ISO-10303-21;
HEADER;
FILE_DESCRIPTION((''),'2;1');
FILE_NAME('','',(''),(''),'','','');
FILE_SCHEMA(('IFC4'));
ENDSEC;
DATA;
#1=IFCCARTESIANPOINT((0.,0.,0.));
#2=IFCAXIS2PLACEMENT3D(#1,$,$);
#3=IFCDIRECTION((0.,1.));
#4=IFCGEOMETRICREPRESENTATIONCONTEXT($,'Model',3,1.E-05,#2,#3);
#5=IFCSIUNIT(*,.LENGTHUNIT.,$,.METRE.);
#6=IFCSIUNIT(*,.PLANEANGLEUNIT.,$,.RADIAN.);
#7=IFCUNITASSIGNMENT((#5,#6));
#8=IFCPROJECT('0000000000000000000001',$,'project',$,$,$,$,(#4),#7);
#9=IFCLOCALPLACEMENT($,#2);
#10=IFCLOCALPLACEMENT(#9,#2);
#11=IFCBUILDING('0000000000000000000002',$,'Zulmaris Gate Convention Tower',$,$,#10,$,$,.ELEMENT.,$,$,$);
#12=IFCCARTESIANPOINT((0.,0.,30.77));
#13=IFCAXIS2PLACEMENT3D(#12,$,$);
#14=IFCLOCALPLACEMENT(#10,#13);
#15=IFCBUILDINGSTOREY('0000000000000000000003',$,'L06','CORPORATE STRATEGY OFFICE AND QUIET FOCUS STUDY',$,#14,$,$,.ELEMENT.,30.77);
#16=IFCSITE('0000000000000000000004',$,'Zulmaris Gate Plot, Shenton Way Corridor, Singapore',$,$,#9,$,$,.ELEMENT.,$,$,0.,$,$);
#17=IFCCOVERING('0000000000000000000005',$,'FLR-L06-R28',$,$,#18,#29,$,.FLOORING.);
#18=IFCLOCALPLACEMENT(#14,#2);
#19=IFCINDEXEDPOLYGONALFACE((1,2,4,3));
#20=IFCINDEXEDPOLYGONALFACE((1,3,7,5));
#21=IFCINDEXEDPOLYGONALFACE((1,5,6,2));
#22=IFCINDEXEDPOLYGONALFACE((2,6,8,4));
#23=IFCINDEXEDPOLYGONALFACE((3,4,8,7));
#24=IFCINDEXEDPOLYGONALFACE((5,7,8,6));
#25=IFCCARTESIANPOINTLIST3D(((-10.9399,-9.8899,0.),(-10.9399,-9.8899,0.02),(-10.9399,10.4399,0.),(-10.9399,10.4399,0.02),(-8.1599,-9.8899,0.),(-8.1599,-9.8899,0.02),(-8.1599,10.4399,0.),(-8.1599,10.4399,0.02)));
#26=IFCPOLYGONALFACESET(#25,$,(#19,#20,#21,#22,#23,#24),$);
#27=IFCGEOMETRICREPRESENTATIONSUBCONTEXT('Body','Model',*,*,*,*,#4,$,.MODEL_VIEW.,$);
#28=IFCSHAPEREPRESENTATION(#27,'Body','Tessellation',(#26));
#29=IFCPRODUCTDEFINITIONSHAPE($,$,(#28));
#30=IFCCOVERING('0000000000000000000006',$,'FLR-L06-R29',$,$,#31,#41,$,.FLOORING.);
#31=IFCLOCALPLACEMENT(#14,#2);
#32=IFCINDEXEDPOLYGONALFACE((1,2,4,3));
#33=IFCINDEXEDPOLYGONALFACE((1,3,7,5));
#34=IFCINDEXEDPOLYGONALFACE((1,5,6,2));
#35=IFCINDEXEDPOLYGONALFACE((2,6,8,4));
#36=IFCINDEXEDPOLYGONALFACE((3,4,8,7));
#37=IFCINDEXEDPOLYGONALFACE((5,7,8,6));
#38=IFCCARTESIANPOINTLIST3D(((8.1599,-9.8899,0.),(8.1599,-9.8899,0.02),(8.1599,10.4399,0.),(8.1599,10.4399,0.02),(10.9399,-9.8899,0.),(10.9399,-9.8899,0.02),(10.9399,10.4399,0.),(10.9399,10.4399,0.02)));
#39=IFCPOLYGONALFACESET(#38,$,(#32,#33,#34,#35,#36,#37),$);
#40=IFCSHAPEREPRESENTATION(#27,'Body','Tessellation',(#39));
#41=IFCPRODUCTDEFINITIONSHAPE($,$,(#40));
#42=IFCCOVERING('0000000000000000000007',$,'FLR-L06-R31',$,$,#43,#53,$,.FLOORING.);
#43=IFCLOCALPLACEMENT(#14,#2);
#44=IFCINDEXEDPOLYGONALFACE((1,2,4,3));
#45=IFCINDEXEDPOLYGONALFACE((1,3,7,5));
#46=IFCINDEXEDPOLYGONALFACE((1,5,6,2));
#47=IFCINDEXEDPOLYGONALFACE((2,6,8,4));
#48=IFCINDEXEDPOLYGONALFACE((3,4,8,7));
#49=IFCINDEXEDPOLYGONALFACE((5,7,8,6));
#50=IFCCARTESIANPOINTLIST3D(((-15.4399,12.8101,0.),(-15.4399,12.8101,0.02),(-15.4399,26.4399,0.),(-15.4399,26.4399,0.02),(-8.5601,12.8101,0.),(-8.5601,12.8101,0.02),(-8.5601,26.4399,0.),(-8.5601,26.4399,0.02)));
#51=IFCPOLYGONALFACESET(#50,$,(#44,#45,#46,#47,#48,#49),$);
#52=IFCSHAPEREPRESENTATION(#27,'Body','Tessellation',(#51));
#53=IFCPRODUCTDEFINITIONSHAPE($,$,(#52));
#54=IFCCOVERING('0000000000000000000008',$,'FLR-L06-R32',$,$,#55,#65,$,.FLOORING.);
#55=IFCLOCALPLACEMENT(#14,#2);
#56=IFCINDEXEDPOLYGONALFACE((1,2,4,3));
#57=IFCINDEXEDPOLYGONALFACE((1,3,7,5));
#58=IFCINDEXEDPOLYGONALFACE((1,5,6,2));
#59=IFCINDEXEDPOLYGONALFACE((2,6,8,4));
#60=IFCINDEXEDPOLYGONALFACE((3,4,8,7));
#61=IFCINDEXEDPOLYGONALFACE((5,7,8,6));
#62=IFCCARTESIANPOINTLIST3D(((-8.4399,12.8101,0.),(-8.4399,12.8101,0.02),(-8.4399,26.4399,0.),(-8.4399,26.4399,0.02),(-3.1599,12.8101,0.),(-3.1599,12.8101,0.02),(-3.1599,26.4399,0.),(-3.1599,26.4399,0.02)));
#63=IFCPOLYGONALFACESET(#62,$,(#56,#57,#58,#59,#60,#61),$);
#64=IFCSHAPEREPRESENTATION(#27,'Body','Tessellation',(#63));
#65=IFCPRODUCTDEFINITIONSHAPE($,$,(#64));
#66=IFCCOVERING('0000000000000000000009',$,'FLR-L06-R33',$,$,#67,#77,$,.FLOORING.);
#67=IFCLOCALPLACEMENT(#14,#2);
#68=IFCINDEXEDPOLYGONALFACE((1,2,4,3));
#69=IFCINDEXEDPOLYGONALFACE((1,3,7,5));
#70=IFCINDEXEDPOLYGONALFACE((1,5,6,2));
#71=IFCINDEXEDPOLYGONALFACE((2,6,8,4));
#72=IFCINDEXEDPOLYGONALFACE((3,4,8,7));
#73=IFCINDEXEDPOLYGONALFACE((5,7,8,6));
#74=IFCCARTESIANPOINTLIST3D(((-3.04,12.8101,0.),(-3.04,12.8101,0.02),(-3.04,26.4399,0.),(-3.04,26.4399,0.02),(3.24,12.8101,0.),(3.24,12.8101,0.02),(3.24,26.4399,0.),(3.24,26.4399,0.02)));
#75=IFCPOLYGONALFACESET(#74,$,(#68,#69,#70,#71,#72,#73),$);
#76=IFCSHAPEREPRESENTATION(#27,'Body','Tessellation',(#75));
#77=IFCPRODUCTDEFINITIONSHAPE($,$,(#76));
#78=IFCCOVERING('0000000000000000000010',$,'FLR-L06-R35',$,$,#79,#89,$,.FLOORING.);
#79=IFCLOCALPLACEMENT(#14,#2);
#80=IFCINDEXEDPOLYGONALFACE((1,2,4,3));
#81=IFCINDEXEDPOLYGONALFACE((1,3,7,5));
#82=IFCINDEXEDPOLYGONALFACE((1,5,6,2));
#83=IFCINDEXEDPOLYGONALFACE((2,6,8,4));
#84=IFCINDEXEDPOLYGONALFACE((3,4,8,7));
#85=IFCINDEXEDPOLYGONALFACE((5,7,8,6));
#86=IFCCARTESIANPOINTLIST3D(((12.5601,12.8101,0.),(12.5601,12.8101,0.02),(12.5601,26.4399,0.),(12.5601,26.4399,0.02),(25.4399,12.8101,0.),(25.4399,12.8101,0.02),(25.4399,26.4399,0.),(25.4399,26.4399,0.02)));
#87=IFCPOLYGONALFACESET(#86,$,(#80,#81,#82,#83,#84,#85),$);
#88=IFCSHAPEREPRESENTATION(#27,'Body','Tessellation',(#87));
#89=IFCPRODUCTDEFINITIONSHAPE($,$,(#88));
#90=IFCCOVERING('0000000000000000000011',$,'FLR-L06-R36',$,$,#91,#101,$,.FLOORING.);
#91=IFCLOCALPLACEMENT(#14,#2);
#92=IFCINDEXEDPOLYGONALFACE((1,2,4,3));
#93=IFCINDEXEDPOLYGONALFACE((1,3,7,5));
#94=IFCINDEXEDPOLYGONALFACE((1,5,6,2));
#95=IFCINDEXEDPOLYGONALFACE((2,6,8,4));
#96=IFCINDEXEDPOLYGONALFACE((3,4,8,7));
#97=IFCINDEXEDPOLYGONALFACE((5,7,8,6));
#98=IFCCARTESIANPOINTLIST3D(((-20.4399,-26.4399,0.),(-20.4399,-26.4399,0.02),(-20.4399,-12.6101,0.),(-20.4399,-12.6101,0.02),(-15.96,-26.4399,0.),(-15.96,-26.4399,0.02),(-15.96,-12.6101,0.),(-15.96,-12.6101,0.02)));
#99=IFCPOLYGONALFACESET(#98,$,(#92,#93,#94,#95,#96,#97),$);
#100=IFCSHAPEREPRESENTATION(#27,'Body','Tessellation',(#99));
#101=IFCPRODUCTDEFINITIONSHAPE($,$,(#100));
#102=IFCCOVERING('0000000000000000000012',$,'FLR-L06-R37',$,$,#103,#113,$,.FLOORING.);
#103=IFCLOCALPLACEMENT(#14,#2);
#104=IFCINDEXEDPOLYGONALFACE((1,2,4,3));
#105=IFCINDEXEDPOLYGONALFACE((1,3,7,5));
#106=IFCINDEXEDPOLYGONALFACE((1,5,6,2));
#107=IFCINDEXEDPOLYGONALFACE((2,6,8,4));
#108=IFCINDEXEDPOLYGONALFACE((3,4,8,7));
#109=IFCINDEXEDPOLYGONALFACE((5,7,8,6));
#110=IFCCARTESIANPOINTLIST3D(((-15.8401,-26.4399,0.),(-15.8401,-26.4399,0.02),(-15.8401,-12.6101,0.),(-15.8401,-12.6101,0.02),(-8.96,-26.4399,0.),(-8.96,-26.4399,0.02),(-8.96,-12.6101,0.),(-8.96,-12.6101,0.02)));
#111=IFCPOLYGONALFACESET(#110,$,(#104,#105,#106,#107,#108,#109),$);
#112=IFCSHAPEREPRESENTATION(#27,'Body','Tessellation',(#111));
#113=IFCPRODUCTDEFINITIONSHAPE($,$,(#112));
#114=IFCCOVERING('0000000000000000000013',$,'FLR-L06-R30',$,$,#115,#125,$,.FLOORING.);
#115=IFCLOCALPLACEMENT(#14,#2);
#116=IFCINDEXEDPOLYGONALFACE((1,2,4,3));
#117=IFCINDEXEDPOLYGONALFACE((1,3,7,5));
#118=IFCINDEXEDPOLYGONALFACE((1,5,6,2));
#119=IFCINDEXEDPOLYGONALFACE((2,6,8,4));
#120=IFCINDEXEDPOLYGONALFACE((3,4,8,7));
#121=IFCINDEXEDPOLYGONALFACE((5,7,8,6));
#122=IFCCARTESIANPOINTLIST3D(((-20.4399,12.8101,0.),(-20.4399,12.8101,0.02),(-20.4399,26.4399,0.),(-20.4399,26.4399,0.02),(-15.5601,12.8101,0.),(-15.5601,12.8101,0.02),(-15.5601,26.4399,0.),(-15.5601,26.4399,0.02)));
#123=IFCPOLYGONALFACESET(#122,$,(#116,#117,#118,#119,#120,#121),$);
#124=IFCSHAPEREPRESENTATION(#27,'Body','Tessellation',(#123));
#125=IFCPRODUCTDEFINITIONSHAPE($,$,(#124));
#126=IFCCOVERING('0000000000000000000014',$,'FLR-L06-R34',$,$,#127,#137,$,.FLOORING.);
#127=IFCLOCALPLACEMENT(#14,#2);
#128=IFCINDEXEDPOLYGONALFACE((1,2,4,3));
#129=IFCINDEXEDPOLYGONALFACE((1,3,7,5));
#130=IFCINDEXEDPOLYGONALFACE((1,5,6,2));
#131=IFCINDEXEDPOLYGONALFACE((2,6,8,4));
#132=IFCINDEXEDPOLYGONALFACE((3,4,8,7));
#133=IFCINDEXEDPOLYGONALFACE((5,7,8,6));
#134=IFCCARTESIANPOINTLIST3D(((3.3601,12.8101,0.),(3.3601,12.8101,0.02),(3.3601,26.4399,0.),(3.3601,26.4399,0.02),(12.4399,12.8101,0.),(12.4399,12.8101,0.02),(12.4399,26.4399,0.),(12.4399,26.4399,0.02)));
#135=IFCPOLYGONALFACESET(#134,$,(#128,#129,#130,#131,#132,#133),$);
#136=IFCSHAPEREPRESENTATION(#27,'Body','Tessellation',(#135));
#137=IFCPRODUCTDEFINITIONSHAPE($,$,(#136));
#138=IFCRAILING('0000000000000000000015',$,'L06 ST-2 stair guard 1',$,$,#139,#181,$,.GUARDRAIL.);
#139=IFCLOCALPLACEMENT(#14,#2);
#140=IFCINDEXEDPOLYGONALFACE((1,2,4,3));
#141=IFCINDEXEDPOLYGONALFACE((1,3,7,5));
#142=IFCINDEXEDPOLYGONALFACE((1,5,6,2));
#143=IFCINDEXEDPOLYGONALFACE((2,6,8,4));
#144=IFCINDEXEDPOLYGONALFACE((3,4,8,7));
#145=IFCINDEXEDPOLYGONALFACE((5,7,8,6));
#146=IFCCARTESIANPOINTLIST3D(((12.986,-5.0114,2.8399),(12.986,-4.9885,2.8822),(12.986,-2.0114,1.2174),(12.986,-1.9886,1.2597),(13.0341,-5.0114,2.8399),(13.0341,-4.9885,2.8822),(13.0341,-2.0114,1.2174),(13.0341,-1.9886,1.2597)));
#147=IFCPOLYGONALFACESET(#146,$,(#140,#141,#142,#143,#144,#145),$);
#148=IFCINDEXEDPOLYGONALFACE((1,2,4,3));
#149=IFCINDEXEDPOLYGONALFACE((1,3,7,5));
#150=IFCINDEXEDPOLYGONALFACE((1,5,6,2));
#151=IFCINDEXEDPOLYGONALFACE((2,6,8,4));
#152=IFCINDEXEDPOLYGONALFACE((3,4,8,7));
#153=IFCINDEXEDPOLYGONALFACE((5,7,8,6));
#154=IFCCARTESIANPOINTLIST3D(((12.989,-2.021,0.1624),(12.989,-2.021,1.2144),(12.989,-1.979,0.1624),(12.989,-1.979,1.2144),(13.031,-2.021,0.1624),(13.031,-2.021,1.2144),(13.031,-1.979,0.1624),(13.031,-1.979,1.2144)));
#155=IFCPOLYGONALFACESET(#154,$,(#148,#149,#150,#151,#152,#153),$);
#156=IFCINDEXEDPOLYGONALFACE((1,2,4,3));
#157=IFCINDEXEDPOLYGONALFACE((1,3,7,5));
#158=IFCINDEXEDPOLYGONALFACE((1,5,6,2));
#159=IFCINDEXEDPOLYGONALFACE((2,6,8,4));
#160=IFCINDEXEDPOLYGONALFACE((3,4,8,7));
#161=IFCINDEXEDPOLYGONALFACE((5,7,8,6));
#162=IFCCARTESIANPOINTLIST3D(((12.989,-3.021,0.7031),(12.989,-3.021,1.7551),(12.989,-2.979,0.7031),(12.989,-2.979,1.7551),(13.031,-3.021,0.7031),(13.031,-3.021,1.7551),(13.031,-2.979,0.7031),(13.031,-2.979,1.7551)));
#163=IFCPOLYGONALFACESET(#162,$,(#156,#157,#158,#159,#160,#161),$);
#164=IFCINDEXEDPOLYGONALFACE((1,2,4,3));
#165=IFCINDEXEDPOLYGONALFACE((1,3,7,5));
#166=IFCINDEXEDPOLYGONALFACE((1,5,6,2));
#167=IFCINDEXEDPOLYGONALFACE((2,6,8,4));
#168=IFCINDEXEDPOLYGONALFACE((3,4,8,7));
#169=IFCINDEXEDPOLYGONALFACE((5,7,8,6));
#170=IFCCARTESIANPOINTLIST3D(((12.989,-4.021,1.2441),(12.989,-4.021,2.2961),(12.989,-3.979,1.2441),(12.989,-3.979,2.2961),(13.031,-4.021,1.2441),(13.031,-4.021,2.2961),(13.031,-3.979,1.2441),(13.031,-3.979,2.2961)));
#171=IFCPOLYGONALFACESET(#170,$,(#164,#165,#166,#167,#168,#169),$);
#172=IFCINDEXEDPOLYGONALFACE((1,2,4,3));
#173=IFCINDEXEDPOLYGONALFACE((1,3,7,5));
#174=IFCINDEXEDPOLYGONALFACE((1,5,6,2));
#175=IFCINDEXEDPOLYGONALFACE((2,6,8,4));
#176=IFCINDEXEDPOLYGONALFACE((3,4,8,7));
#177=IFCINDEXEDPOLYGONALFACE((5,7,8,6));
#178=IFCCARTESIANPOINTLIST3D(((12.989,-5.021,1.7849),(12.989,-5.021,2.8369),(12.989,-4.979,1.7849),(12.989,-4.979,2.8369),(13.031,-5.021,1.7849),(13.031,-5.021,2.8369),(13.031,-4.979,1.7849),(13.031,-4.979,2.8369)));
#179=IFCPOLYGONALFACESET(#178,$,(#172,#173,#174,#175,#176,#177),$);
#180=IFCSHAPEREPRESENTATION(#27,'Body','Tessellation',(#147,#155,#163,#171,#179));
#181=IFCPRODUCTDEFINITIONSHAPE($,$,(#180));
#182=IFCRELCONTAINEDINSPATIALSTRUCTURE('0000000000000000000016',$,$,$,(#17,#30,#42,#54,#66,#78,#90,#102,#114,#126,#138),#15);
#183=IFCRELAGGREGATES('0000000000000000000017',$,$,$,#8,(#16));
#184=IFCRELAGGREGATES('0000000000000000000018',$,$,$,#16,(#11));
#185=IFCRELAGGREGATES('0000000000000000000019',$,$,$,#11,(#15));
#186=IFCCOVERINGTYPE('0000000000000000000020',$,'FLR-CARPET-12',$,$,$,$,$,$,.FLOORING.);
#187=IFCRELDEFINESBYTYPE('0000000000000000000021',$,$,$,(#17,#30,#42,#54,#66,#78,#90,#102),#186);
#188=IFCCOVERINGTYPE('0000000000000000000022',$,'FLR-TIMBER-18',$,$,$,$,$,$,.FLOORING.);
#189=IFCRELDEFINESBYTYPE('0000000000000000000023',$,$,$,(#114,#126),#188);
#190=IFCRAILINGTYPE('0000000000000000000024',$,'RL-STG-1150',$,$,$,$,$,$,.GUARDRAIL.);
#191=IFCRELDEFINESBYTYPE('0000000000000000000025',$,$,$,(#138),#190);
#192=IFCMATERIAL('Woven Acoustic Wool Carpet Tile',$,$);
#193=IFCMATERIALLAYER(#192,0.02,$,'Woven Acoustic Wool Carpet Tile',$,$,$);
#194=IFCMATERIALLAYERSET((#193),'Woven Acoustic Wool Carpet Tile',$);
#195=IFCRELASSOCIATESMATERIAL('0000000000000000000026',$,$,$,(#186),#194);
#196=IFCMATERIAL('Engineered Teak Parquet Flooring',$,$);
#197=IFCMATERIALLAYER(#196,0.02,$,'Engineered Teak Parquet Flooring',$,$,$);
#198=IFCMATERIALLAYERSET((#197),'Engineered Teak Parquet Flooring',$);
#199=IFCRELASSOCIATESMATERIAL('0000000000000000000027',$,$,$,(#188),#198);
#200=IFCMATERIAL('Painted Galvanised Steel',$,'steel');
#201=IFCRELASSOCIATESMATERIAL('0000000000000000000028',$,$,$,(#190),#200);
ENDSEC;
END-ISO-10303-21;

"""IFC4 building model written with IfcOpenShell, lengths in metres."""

from ifc_helpers import new_model, si_unit, direction, frame, origin, origin_2d, place, context, subcontext, project, spatial, polyline, rectangle, outline, extrude, material, layer, layer_set, type_object, element, save


model = new_model("IFC4")

# Units and contexts
model_context = context("Model", 3, precision=1e-05, world=origin(), true_north=direction((0.0, 1.0)))
body_context = subcontext(model_context, "Body", "Model", "MODEL_VIEW")
ifc_project = project(units=[si_unit("LENGTHUNIT", "METRE"), si_unit("PLANEANGLEUNIT", "RADIAN")], contexts=[model_context])

# Site, building, storey
site_placement = place(None, origin())
site = spatial("IfcSite", under=ifc_project, at=site_placement, Name="Zulmaris Gate Plot, Shenton Way Corridor, Singapore", CompositionType="ELEMENT", RefElevation=0.0)
building_placement = place(site_placement, origin())
building = spatial("IfcBuilding", under=site, at=building_placement, Name="Zulmaris Gate Convention Tower", CompositionType="ELEMENT")
storey_placement = place(building_placement, frame((0.0, 0.0, 30.77)))
storey = spatial("IfcBuildingStorey", under=building, at=storey_placement, Name="L06", Description="CORPORATE STRATEGY OFFICE AND QUIET FOCUS STUDY", CompositionType="ELEMENT", Elevation=30.77)

# Coverings
ifc_material_1 = material(Name="Woven Acoustic Wool Carpet Tile")
ifc_layer_1 = layer(ifc_material_1, 0.02, Name="Woven Acoustic Wool Carpet Tile")
ifc_layer_set_1 = layer_set([ifc_layer_1], Name="Woven Acoustic Wool Carpet Tile")
covering_type_1 = type_object("IfcCoveringType", Name="FLR-CARPET-12", PredefinedType="FLOORING", material=ifc_layer_set_1)
covering_1_placement = place(storey_placement, origin())
element("IfcCovering", 1, at=covering_1_placement, inside=storey, type_object=covering_type_1, Name="FLR-L06-R28", PredefinedType="FLOORING", context=body_context, shape_type="SweptSolid", body=[
    extrude(outline(polyline([(-10.9399, -9.8899), (-8.1599, -9.8899), (-8.1599, 10.4399), (-10.9399, 10.4399), (-10.9399, -9.8899)])), origin(), (0.0, 0.0, 1.0), 0.02),
])
covering_2_placement = place(storey_placement, origin())
element("IfcCovering", 2, at=covering_2_placement, inside=storey, type_object=covering_type_1, Name="FLR-L06-R29", PredefinedType="FLOORING", context=body_context, shape_type="SweptSolid", body=[
    extrude(outline(polyline([(8.1599, -9.8899), (10.9399, -9.8899), (10.9399, 10.4399), (8.1599, 10.4399), (8.1599, -9.8899)])), origin(), (0.0, 0.0, 1.0), 0.02),
])
covering_3_placement = place(storey_placement, origin())
element("IfcCovering", 3, at=covering_3_placement, inside=storey, type_object=covering_type_1, Name="FLR-L06-R31", PredefinedType="FLOORING", context=body_context, shape_type="SweptSolid", body=[
    extrude(outline(polyline([(-15.4399, 12.8101), (-8.5601, 12.8101), (-8.5601, 26.4399), (-15.4399, 26.4399), (-15.4399, 12.8101)])), origin(), (0.0, 0.0, 1.0), 0.02),
])
covering_4_placement = place(storey_placement, origin())
element("IfcCovering", 4, at=covering_4_placement, inside=storey, type_object=covering_type_1, Name="FLR-L06-R32", PredefinedType="FLOORING", context=body_context, shape_type="SweptSolid", body=[
    extrude(outline(polyline([(-8.4399, 12.8101), (-3.1599, 12.8101), (-3.1599, 26.4399), (-8.4399, 26.4399), (-8.4399, 12.8101)])), origin(), (0.0, 0.0, 1.0), 0.02),
])
covering_5_placement = place(storey_placement, origin())
element("IfcCovering", 5, at=covering_5_placement, inside=storey, type_object=covering_type_1, Name="FLR-L06-R33", PredefinedType="FLOORING", context=body_context, shape_type="SweptSolid", body=[
    extrude(outline(polyline([(-3.04, 12.8101), (3.24, 12.8101), (3.24, 26.4399), (-3.04, 26.4399), (-3.04, 12.8101)])), origin(), (0.0, 0.0, 1.0), 0.02),
])
covering_6_placement = place(storey_placement, origin())
element("IfcCovering", 6, at=covering_6_placement, inside=storey, type_object=covering_type_1, Name="FLR-L06-R35", PredefinedType="FLOORING", context=body_context, shape_type="SweptSolid", body=[
    extrude(outline(polyline([(12.5601, 12.8101), (25.4399, 12.8101), (25.4399, 26.4399), (12.5601, 26.4399), (12.5601, 12.8101)])), origin(), (0.0, 0.0, 1.0), 0.02),
])
covering_7_placement = place(storey_placement, origin())
element("IfcCovering", 7, at=covering_7_placement, inside=storey, type_object=covering_type_1, Name="FLR-L06-R36", PredefinedType="FLOORING", context=body_context, shape_type="SweptSolid", body=[
    extrude(outline(polyline([(-20.4399, -26.4399), (-15.96, -26.4399), (-15.96, -12.6101), (-20.4399, -12.6101), (-20.4399, -26.4399)])), origin(), (0.0, 0.0, 1.0), 0.02),
])
covering_8_placement = place(storey_placement, origin())
element("IfcCovering", 8, at=covering_8_placement, inside=storey, type_object=covering_type_1, Name="FLR-L06-R37", PredefinedType="FLOORING", context=body_context, shape_type="SweptSolid", body=[
    extrude(outline(polyline([(-15.8401, -26.4399), (-8.96, -26.4399), (-8.96, -12.6101), (-15.8401, -12.6101), (-15.8401, -26.4399)])), origin(), (0.0, 0.0, 1.0), 0.02),
])
ifc_material_2 = material(Name="Engineered Teak Parquet Flooring")
ifc_layer_2 = layer(ifc_material_2, 0.02, Name="Engineered Teak Parquet Flooring")
ifc_layer_set_2 = layer_set([ifc_layer_2], Name="Engineered Teak Parquet Flooring")
covering_type_2 = type_object("IfcCoveringType", Name="FLR-TIMBER-18", PredefinedType="FLOORING", material=ifc_layer_set_2)
covering_9_placement = place(storey_placement, origin())
element("IfcCovering", 9, at=covering_9_placement, inside=storey, type_object=covering_type_2, Name="FLR-L06-R30", PredefinedType="FLOORING", context=body_context, shape_type="SweptSolid", body=[
    extrude(outline(polyline([(-20.4399, 12.8101), (-15.5601, 12.8101), (-15.5601, 26.4399), (-20.4399, 26.4399), (-20.4399, 12.8101)])), origin(), (0.0, 0.0, 1.0), 0.02),
])
covering_10_placement = place(storey_placement, origin())
element("IfcCovering", 10, at=covering_10_placement, inside=storey, type_object=covering_type_2, Name="FLR-L06-R34", PredefinedType="FLOORING", context=body_context, shape_type="SweptSolid", body=[
    extrude(outline(polyline([(3.3601, 12.8101), (12.4399, 12.8101), (12.4399, 26.4399), (3.3601, 26.4399), (3.3601, 12.8101)])), origin(), (0.0, 0.0, 1.0), 0.02),
])

# Railing
ifc_material_3 = material(Name="Painted Galvanised Steel", Category="steel")
railing_type_1 = type_object("IfcRailingType", Name="RL-STG-1150", PredefinedType="GUARDRAIL", material=ifc_material_3)
railing_1_placement = place(storey_placement, frame((13.01, -2.0, 0.1624)))
element("IfcRailing", 11, at=railing_1_placement, inside=storey, type_object=railing_type_1, Name="L06 ST-2 stair guard 1", PredefinedType="GUARDRAIL", context=body_context, shape_type="SweptSolid", body=[
    extrude(rectangle(XDim=0.0481, YDim=0.0481, at=origin_2d()), frame((0.0, 0.0, 1.0762), z_axis=(0.0, -0.879592, 0.47573), x_axis=(1.0, 0.0, 0.0)), (0.0, 0.0, 1.0), 3.4106),
    extrude(rectangle(XDim=0.042, YDim=0.042, at=origin_2d()), origin(), (0.0, 0.0, 1.0), 1.052),
    extrude(rectangle(XDim=0.042, YDim=0.042, at=origin_2d()), frame((0.0, -1.0, 0.5408)), (0.0, 0.0, 1.0), 1.052),
    extrude(rectangle(XDim=0.042, YDim=0.042, at=origin_2d()), frame((0.0, -2.0, 1.0818)), (0.0, 0.0, 1.0), 1.052),
    extrude(rectangle(XDim=0.042, YDim=0.042, at=origin_2d()), frame((0.0, -3.0, 1.6226)), (0.0, 0.0, 1.0), 1.052),
])

save(model, "model.ifc")
